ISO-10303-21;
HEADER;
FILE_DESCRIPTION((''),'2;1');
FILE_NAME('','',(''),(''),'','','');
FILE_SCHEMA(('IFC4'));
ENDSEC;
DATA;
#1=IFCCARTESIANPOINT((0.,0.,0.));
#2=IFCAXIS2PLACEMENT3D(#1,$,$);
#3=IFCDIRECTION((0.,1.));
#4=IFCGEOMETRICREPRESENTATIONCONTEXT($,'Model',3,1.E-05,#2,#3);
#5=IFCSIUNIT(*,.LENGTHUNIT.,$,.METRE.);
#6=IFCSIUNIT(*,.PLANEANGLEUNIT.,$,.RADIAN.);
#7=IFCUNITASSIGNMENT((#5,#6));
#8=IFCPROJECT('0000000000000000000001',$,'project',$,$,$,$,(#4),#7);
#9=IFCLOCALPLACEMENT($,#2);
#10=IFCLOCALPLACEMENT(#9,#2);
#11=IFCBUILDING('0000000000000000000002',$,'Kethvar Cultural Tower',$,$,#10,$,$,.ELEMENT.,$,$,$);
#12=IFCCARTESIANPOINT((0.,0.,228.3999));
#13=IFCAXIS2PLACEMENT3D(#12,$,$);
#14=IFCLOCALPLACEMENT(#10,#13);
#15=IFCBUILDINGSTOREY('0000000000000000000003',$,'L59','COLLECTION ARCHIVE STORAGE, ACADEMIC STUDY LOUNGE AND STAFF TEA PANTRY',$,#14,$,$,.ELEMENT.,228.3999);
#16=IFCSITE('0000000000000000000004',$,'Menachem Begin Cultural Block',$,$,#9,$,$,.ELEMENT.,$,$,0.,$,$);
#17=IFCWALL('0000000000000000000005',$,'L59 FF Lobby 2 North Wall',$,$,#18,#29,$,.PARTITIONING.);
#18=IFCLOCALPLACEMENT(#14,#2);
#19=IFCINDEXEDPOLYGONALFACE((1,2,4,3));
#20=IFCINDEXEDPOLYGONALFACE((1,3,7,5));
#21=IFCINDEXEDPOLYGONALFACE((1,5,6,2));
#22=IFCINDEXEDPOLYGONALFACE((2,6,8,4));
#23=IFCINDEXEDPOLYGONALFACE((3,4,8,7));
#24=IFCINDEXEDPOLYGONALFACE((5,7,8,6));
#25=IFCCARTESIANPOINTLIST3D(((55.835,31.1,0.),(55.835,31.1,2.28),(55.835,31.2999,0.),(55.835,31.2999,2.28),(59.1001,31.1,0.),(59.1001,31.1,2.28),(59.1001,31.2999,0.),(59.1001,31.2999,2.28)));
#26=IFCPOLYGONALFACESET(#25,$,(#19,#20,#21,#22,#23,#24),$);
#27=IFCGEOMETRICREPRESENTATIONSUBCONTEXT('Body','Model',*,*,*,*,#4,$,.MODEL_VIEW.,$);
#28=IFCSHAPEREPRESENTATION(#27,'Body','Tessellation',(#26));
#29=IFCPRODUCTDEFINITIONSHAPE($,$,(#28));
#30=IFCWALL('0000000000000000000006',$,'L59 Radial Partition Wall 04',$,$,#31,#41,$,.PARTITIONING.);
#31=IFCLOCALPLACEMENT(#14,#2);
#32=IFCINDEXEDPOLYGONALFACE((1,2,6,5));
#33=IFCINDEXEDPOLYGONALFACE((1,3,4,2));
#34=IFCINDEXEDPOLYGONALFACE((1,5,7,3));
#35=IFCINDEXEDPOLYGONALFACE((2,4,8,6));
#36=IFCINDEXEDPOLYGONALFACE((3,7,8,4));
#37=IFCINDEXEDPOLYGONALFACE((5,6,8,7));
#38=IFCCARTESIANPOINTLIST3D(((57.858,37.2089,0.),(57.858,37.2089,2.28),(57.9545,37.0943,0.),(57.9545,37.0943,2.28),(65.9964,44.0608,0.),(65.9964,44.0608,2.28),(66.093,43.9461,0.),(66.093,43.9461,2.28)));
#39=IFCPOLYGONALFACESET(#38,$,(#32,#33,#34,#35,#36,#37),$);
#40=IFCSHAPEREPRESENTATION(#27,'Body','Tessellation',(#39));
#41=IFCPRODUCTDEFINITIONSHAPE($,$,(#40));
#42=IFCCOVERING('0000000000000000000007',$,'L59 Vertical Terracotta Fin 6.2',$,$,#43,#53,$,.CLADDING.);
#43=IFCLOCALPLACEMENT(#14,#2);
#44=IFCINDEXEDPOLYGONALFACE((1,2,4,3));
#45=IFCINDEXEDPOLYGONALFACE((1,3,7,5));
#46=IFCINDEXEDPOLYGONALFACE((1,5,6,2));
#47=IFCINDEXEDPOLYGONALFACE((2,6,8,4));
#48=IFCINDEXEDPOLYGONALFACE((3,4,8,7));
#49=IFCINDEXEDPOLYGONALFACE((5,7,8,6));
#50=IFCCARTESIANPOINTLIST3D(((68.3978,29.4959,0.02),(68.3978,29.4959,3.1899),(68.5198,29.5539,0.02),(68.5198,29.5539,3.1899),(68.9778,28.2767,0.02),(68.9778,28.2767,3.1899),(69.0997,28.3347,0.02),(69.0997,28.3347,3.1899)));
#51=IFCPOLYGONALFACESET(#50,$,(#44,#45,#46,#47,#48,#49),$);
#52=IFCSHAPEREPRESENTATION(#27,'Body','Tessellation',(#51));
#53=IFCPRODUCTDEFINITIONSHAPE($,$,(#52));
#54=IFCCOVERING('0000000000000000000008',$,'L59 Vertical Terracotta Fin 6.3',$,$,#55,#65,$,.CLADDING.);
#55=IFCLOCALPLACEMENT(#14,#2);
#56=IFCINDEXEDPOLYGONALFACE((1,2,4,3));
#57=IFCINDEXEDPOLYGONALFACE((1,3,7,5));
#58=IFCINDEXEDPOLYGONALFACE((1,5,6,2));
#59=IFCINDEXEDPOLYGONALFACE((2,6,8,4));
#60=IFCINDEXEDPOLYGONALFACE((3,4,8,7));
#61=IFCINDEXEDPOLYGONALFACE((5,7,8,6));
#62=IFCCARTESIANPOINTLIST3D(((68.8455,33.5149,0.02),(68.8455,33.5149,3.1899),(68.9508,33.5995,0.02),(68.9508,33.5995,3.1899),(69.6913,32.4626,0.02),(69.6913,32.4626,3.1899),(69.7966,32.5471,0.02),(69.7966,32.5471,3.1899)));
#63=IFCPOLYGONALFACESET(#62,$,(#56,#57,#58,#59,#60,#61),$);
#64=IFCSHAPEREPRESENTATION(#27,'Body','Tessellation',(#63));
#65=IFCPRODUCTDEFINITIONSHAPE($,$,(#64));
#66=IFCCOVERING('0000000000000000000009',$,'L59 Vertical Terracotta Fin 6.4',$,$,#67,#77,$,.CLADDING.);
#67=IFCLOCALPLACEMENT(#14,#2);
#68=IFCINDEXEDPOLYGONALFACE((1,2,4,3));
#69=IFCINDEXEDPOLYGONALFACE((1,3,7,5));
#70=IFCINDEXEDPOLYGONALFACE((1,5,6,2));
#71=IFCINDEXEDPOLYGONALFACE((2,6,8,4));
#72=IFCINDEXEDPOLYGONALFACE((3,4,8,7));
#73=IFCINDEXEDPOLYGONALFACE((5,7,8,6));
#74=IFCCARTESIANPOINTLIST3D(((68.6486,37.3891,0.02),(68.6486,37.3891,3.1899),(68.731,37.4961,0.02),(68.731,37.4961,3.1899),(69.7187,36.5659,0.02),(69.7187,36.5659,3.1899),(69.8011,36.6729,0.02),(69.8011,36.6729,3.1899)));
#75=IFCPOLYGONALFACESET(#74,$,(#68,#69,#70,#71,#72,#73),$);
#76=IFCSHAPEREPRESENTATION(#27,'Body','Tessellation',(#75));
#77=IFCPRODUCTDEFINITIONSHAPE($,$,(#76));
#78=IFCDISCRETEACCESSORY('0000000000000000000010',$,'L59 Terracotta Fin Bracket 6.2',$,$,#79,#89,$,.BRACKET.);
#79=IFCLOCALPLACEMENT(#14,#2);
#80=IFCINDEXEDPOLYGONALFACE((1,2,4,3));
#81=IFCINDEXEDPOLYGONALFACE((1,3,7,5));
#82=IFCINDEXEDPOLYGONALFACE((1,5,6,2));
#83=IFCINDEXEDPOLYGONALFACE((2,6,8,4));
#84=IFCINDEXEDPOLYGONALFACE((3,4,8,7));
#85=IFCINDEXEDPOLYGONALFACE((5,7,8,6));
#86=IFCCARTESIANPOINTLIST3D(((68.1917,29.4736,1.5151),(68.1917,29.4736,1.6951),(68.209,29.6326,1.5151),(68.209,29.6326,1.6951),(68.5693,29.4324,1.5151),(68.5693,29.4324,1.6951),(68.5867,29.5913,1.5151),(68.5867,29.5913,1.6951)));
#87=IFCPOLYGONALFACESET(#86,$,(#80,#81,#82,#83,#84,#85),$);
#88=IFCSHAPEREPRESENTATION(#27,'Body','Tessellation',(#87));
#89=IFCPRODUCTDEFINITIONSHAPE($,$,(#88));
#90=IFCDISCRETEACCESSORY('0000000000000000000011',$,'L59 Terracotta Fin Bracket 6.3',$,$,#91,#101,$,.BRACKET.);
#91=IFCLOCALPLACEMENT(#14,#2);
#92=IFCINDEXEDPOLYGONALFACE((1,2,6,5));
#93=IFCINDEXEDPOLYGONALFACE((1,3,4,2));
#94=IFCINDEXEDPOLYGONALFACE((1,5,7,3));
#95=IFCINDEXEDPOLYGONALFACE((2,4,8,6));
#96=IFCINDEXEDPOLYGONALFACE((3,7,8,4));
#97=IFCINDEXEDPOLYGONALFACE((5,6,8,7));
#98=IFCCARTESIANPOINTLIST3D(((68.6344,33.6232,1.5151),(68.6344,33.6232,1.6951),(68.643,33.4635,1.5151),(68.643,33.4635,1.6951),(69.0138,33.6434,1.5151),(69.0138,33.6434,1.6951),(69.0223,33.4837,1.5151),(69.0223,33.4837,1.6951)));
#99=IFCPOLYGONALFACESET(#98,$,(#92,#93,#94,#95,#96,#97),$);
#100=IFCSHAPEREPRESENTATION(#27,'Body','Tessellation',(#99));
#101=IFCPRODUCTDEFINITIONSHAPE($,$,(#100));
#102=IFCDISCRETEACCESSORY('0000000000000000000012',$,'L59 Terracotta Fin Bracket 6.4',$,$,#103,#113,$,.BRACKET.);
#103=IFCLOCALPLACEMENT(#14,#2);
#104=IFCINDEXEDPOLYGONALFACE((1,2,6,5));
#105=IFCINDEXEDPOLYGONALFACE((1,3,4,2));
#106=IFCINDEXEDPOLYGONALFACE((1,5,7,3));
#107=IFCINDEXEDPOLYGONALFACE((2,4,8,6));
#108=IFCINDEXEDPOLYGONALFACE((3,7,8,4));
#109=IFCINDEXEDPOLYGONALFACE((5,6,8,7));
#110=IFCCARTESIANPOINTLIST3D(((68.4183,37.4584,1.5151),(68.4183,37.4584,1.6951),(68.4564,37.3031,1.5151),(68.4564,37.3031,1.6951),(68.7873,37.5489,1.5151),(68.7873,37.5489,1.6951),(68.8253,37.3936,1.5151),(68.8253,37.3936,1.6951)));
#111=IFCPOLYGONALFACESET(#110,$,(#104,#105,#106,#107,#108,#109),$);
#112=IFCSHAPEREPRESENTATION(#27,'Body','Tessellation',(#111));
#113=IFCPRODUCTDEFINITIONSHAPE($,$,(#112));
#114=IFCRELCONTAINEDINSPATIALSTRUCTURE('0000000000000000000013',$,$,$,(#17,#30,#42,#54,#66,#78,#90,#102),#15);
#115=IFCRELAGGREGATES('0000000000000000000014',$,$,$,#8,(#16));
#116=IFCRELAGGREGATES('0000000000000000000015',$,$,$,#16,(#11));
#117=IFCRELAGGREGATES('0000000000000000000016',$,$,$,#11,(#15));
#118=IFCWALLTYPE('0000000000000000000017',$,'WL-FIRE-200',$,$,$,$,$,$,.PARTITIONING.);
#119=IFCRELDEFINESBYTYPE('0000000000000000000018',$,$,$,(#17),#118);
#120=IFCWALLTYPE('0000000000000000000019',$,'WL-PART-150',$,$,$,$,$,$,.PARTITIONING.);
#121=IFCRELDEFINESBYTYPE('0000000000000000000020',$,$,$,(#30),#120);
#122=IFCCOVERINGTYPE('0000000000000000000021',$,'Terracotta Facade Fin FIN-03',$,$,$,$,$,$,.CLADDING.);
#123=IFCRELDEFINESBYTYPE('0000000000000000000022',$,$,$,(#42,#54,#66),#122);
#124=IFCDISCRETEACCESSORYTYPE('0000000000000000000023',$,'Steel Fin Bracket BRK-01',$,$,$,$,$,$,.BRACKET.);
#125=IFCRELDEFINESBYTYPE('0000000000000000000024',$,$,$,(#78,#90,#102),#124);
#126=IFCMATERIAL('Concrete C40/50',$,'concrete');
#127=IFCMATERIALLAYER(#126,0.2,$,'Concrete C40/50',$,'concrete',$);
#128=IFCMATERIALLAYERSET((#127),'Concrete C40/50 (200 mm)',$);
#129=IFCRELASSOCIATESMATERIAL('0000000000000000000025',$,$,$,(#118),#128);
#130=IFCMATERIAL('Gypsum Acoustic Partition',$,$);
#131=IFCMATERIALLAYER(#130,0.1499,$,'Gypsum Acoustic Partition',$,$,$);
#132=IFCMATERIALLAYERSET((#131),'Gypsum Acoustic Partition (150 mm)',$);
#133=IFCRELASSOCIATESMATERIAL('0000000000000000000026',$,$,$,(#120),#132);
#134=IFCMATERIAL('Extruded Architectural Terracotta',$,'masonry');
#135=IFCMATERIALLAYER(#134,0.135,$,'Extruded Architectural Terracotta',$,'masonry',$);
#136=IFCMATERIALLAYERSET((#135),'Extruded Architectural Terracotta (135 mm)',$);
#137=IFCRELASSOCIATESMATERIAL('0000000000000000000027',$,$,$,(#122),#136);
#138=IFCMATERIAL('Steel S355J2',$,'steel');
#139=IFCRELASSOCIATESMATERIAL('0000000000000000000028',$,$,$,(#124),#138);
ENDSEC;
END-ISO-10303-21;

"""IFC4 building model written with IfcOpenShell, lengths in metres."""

from ifc_helpers import new_model, si_unit, direction, frame, frame_2d, origin, origin_2d, place, context, subcontext, project, spatial, rectangle, extrude, source, transform, mapped, material, layer, layer_set, type_object, element, save


model = new_model("IFC4")

# Units and contexts
model_context = context("Model", 3, precision=1e-05, world=origin(), true_north=direction((0.0, 1.0)))
body_context = subcontext(model_context, "Body", "Model", "MODEL_VIEW")
ifc_project = project(units=[si_unit("LENGTHUNIT", "METRE"), si_unit("PLANEANGLEUNIT", "RADIAN")], contexts=[model_context])

# Site, building, storey
site_placement = place(None, origin())
site = spatial("IfcSite", under=ifc_project, at=site_placement, Name="Menachem Begin Cultural Block", CompositionType="ELEMENT", RefElevation=0.0)
building_placement = place(site_placement, origin())
building = spatial("IfcBuilding", under=site, at=building_placement, Name="Kethvar Cultural Tower", CompositionType="ELEMENT")
storey_placement = place(building_placement, frame((0.0, 0.0, 228.3999)))
storey = spatial("IfcBuildingStorey", under=building, at=storey_placement, Name="L59", Description="COLLECTION ARCHIVE STORAGE, ACADEMIC STUDY LOUNGE AND STAFF TEA PANTRY", CompositionType="ELEMENT", Elevation=228.3999)

# Shared definitions
ifc_material_1 = material(Name="Steel S355J2", Category="steel")

# Walls
ifc_material_2 = material(Name="Concrete C40/50", Category="concrete")
ifc_layer_1 = layer(ifc_material_2, 0.2, Name="Concrete C40/50", Category="concrete")
ifc_layer_set_1 = layer_set([ifc_layer_1], Name="Concrete C40/50 (200 mm)")
wall_type_1 = type_object("IfcWallType", Name="WL-FIRE-200", PredefinedType="PARTITIONING", material=ifc_layer_set_1)
wall_1_placement = place(storey_placement, frame((55.835, 31.2, 0.0), z_axis=(0.0, 0.0, 1.0), x_axis=(1.0, 0.0, 0.0)))
element("IfcWall", 1, at=wall_1_placement, inside=storey, type_object=wall_type_1, Name="L59 FF Lobby 2 North Wall", PredefinedType="PARTITIONING", context=body_context, shape_type="SweptSolid", body=[
    extrude(rectangle(XDim=3.2651, YDim=0.2, at=frame_2d((1.6326, 0.0))), origin(), (0.0, 0.0, 1.0), 2.28),
])
ifc_material_3 = material(Name="Gypsum Acoustic Partition")
ifc_layer_2 = layer(ifc_material_3, 0.1499, Name="Gypsum Acoustic Partition")
ifc_layer_set_2 = layer_set([ifc_layer_2], Name="Gypsum Acoustic Partition (150 mm)")
wall_type_2 = type_object("IfcWallType", Name="WL-PART-150", PredefinedType="PARTITIONING", material=ifc_layer_set_2)
wall_2_placement = place(storey_placement, frame((57.9062, 37.1516, 0.0), z_axis=(0.0, 0.0, 1.0), x_axis=(0.764986, 0.644047, 0.0)))
element("IfcWall", 2, at=wall_2_placement, inside=storey, type_object=wall_type_2, Name="L59 Radial Partition Wall 04", PredefinedType="PARTITIONING", context=body_context, shape_type="SweptSolid", body=[
    extrude(rectangle(XDim=10.6387, YDim=0.1499, at=frame_2d((5.3193, 0.0))), origin(), (0.0, 0.0, 1.0), 2.28),
])

# Coverings
ifc_material_4 = material(Name="Extruded Architectural Terracotta", Category="masonry")
ifc_layer_3 = layer(ifc_material_4, 0.135, Name="Extruded Architectural Terracotta", Category="masonry")
ifc_layer_set_3 = layer_set([ifc_layer_3], Name="Extruded Architectural Terracotta (135 mm)")
covering_type = type_object("IfcCoveringType", Name="Terracotta Facade Fin FIN-03", PredefinedType="CLADDING", material=ifc_layer_set_3)
shared_shape_1 = source(origin(), body_context, "Body", "SweptSolid", [
    extrude(rectangle(XDim=1.3501, YDim=0.135, at=origin_2d()), origin(), (0.0, 0.0, 1.0), 3.1699),
])
for number, where, z_axis, x_axis, name in (
    (3, (68.7488, 28.9153, 0.02), (0.0, 0.0, 1.0), (0.429566, -0.903036, 0.0), "L59 Vertical Terracotta Fin 6.2"),
    (4, (69.321, 33.031, 0.02), (0.0, 0.0, 1.0), (0.626468, -0.779447, 0.0), "L59 Vertical Terracotta Fin 6.3"),
    (5, (69.2249, 37.031, 0.02), (0.0, 0.0, 1.0), (0.792609, -0.60973, 0.0), "L59 Vertical Terracotta Fin 6.4"),
):
    element("IfcCovering", number, at=place(storey_placement, frame(where, z_axis=z_axis, x_axis=x_axis)), inside=storey, type_object=covering_type, Name=name, PredefinedType="CLADDING", context=body_context, shape_type="MappedRepresentation", body=[
        mapped(shared_shape_1, transform((0.0, 0.0, 0.0), scale=1.0)),
    ])

# Discrete accessories
discrete_accessory_type = type_object("IfcDiscreteAccessoryType", Name="Steel Fin Bracket BRK-01", PredefinedType="BRACKET", material=ifc_material_1)
shared_shape_2 = source(origin(), body_context, "Body", "SweptSolid", [
    extrude(rectangle(XDim=0.3799, YDim=0.1599, at=origin_2d()), origin(), (0.0, 0.0, 1.0), 0.1799),
])
for number, where, z_axis, x_axis, name in (
    (6, (68.3892, 29.5325, 1.5151), (0.0, 0.0, 1.0), (0.994094, -0.10852, 0.0), "L59 Terracotta Fin Bracket 6.2"),
    (7, (68.8284, 33.5535, 1.5151), (0.0, 0.0, 1.0), (0.998583, 0.053207, 0.0), "L59 Terracotta Fin Bracket 6.3"),
    (8, (68.6218, 37.426, 1.5151), (0.0, 0.0, 1.0), (0.971217, 0.238194, 0.0), "L59 Terracotta Fin Bracket 6.4"),
):
    element("IfcDiscreteAccessory", number, at=place(storey_placement, frame(where, z_axis=z_axis, x_axis=x_axis)), inside=storey, type_object=discrete_accessory_type, Name=name, PredefinedType="BRACKET", context=body_context, shape_type="MappedRepresentation", body=[
        mapped(shared_shape_2, transform((0.0, 0.0, 0.0), scale=1.0)),
    ])

save(model, "model.ifc")
